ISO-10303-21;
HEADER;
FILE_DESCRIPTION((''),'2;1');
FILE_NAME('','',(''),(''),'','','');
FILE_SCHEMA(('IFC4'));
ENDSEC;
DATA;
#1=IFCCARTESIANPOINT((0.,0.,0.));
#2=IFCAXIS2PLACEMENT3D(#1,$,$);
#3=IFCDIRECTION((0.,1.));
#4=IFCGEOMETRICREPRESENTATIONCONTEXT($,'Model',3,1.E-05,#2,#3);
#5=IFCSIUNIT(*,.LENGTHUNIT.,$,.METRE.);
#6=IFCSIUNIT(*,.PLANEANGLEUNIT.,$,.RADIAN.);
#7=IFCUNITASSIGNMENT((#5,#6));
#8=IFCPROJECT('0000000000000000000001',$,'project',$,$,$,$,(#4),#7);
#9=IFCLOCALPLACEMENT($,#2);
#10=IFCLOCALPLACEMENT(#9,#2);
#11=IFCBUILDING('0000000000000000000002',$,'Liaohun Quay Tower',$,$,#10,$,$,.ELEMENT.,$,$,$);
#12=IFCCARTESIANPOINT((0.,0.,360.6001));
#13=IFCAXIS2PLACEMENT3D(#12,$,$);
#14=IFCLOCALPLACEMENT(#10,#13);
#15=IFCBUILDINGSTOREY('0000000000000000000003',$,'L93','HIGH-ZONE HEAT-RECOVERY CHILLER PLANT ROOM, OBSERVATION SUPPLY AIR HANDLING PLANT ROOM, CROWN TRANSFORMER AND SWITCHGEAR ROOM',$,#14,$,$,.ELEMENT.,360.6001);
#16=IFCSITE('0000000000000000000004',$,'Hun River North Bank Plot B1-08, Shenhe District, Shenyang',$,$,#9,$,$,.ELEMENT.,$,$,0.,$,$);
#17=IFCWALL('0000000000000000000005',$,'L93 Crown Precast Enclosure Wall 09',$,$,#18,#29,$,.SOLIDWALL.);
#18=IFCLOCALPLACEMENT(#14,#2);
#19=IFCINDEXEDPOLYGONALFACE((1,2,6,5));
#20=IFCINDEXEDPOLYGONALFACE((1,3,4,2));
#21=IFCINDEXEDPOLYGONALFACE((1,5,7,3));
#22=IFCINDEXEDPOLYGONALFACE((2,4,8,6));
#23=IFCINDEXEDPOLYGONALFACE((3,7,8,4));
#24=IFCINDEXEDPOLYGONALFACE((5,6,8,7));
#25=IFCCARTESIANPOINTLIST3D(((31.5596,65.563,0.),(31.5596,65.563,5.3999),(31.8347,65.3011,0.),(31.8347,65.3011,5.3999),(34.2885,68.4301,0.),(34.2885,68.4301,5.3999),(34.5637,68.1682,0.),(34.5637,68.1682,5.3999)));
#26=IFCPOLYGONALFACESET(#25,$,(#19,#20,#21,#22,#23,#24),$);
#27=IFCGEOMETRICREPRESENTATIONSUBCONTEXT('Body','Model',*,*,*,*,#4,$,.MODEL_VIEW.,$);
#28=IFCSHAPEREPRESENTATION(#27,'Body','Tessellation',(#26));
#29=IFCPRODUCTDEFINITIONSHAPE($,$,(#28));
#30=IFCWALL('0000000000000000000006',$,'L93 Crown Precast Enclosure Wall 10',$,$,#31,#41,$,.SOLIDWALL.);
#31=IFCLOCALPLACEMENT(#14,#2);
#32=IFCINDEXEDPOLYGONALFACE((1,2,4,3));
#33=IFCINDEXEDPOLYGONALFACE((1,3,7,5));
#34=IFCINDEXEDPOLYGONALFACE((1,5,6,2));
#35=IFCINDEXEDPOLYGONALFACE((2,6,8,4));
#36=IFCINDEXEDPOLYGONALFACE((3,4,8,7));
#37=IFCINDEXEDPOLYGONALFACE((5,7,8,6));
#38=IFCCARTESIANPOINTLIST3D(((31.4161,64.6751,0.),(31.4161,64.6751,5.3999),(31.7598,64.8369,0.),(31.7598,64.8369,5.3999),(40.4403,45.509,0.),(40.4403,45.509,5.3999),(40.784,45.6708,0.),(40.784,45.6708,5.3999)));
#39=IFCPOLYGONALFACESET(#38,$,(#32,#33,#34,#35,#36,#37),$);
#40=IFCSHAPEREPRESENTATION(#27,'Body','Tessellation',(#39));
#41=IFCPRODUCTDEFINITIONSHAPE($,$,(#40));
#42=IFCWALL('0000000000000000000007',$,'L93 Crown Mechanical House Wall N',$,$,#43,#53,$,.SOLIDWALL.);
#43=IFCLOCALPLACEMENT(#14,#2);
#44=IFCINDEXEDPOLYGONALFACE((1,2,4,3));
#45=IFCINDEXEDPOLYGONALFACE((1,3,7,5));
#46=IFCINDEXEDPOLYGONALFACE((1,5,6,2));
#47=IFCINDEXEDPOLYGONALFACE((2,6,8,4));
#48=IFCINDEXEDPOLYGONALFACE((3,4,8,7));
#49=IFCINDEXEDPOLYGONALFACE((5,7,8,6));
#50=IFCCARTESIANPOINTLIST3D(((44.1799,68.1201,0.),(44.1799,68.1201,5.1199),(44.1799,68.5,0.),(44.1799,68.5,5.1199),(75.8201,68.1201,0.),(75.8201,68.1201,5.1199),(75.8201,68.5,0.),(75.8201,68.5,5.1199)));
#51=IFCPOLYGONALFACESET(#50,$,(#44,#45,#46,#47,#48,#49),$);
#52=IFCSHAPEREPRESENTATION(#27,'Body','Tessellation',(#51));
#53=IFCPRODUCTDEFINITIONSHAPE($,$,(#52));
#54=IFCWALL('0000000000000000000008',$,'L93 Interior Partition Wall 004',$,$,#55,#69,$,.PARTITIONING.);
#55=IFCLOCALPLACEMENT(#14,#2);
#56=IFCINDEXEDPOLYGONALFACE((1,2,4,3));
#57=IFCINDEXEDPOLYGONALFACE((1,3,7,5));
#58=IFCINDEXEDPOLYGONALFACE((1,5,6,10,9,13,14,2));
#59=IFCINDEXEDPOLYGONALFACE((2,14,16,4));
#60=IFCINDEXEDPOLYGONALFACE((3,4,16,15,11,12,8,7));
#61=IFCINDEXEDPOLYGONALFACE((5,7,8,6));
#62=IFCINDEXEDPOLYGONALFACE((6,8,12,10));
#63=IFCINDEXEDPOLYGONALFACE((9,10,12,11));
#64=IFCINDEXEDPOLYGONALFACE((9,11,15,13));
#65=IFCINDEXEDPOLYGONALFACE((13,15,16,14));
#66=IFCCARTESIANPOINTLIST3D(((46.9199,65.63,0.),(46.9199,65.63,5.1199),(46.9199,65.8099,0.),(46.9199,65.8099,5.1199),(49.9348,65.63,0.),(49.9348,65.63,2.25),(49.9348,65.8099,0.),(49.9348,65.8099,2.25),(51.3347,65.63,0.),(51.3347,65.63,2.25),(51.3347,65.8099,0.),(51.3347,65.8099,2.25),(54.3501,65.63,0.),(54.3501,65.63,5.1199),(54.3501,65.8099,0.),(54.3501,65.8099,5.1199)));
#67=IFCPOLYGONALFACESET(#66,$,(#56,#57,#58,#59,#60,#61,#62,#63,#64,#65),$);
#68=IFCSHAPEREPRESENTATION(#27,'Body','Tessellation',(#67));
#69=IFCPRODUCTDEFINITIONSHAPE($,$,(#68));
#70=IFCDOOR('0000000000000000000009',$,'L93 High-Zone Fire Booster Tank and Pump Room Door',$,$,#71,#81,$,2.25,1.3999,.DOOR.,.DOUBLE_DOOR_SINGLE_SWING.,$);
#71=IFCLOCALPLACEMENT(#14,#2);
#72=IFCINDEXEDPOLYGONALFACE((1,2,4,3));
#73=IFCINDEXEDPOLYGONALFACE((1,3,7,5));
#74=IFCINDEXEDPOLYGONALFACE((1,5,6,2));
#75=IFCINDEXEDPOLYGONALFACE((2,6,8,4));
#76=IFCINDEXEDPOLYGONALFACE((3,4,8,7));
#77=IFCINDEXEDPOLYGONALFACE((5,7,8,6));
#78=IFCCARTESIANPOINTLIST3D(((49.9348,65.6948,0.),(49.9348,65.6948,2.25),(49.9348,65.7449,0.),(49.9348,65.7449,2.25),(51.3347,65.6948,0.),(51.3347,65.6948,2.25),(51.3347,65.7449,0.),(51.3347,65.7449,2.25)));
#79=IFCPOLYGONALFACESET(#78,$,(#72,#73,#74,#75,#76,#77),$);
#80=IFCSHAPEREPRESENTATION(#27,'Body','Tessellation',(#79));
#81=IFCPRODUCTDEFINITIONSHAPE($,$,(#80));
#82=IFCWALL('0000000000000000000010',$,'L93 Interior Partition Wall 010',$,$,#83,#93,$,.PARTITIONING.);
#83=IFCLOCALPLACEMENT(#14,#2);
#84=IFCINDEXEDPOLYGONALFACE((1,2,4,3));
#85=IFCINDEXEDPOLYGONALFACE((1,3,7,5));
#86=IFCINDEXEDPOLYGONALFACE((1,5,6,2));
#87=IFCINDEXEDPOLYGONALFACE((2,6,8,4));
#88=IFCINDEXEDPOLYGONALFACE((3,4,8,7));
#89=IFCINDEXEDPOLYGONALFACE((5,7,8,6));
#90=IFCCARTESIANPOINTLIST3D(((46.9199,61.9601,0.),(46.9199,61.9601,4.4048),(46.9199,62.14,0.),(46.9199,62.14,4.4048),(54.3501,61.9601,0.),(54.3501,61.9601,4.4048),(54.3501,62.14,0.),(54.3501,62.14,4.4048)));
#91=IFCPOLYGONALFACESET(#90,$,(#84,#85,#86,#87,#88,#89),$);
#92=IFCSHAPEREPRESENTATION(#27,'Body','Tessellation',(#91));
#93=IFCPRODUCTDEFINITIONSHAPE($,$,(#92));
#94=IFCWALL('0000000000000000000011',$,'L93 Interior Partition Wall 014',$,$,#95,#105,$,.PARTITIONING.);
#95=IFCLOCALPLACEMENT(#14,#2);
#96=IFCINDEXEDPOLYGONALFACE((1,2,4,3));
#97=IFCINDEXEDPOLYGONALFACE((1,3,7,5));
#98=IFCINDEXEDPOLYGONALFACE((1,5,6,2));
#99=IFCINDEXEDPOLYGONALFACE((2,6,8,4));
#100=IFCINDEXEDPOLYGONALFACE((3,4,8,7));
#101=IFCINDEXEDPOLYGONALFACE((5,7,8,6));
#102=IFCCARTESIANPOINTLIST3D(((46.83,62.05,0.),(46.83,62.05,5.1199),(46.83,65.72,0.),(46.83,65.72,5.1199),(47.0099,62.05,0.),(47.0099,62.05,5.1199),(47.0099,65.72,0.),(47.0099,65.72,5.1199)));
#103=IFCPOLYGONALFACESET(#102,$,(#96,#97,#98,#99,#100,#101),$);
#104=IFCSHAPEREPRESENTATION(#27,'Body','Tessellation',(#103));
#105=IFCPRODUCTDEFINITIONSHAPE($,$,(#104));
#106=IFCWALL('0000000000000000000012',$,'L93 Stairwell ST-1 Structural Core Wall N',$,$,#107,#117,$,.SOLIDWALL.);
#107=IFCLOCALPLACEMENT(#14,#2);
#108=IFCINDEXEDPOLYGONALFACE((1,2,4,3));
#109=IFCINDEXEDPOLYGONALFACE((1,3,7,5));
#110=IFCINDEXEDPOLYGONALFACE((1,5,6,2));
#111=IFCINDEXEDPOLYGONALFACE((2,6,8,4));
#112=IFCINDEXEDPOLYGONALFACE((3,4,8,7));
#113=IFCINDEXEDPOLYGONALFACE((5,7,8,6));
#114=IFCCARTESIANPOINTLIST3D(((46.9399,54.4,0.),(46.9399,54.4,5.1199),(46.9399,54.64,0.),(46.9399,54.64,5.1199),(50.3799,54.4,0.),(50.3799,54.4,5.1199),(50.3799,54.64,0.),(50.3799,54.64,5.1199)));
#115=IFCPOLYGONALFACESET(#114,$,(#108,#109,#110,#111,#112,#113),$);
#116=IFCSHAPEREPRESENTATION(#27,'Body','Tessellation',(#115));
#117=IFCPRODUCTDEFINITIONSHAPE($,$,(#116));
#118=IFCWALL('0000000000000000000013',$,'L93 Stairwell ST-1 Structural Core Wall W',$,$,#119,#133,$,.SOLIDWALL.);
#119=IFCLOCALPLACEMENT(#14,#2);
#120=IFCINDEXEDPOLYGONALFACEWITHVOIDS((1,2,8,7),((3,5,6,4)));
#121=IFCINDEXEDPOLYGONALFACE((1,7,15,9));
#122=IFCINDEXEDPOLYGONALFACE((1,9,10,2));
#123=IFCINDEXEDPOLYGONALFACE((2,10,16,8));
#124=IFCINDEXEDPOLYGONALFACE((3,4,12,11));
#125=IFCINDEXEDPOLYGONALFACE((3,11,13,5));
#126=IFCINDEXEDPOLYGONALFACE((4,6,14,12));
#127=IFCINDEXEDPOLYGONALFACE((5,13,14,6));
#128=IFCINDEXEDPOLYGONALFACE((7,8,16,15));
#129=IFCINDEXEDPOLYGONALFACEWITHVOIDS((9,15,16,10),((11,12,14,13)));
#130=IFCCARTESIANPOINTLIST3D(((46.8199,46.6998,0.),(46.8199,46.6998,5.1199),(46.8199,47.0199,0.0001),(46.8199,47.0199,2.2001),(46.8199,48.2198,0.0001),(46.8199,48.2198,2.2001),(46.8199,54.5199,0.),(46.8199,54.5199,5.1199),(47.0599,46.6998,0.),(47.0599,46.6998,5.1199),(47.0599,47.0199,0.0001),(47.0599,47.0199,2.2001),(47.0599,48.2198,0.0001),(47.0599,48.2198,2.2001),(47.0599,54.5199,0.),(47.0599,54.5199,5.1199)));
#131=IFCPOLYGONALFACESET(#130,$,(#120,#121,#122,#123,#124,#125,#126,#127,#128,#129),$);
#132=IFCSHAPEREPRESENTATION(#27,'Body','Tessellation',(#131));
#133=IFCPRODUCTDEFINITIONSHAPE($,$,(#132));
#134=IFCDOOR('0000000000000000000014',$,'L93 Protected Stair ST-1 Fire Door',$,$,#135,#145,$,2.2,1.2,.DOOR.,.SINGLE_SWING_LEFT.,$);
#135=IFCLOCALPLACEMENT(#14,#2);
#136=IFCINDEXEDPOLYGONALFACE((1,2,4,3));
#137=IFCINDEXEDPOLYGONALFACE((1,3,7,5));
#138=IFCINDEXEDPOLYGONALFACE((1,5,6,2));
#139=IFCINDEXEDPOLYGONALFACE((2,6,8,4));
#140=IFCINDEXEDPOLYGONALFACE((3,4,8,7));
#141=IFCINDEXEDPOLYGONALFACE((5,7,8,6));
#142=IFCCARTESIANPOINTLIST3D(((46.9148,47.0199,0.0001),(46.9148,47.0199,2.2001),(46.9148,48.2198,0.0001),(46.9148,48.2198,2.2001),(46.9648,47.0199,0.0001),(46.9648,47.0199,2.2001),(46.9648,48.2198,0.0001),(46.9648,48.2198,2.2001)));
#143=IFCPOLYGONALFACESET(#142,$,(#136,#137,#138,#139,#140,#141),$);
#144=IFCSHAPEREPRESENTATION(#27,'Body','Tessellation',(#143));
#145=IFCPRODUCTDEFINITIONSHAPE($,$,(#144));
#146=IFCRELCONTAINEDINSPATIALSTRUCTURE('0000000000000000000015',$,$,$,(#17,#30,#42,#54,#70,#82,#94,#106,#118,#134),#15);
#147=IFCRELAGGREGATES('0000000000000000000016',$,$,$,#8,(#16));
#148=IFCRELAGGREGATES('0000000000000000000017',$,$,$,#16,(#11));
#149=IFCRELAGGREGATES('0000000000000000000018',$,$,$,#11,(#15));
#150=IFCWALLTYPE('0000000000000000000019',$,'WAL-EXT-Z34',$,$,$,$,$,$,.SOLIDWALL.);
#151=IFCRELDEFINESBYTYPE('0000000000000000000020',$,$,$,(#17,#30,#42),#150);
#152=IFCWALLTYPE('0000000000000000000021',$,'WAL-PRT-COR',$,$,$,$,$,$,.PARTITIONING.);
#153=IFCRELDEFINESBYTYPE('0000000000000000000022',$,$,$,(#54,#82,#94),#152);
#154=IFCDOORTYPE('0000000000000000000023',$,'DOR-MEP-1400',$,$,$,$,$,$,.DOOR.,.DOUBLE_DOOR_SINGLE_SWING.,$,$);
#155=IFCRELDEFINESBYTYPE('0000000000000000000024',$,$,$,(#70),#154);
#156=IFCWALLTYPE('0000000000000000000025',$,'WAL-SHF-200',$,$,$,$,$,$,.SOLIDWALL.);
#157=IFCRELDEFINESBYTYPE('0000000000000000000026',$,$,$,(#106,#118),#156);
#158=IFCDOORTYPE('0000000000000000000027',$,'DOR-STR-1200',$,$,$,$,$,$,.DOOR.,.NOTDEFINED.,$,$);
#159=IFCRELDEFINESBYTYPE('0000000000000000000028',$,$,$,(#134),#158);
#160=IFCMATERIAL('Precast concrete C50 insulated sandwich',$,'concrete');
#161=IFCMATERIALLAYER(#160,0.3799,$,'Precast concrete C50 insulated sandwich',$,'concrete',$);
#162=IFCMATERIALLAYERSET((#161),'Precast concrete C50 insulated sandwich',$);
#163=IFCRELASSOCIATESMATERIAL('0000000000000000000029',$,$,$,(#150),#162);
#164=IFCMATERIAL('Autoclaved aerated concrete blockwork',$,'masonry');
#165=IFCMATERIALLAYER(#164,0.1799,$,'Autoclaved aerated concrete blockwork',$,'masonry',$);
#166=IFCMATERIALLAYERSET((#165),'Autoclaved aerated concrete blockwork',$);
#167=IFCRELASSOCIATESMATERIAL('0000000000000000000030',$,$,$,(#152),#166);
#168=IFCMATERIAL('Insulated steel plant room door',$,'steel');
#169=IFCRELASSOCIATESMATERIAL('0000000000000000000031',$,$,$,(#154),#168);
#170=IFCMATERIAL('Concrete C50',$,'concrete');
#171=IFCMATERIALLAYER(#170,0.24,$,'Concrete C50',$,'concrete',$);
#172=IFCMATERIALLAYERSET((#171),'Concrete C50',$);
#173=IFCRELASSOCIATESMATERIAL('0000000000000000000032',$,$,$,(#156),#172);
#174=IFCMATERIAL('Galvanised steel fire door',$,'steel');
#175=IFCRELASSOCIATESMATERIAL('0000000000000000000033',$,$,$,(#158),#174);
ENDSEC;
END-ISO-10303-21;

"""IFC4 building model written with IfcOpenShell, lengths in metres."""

from ifc_helpers import new_model, si_unit, direction, frame, frame_2d, origin, place, context, subcontext, project, spatial, rectangle, extrude, source, transform, mapped, material, layer, layer_set, type_object, element, fill, save


model = new_model("IFC4")

# Units and contexts
model_context = context("Model", 3, precision=1e-05, world=origin(), true_north=direction((0.0, 1.0)))
body_context = subcontext(model_context, "Body", "Model", "MODEL_VIEW")
ifc_project = project(units=[si_unit("LENGTHUNIT", "METRE"), si_unit("PLANEANGLEUNIT", "RADIAN")], contexts=[model_context])

# Site, building, storey
site_placement = place(None, origin())
site = spatial("IfcSite", under=ifc_project, at=site_placement, Name="Hun River North Bank Plot B1-08, Shenhe District, Shenyang", CompositionType="ELEMENT", RefElevation=0.0)
building_placement = place(site_placement, origin())
building = spatial("IfcBuilding", under=site, at=building_placement, Name="Liaohun Quay Tower", CompositionType="ELEMENT")
storey_placement = place(building_placement, frame((0.0, 0.0, 360.6001)))
storey = spatial("IfcBuildingStorey", under=building, at=storey_placement, Name="L93", Description="HIGH-ZONE HEAT-RECOVERY CHILLER PLANT ROOM, OBSERVATION SUPPLY AIR HANDLING PLANT ROOM, CROWN TRANSFORMER AND SWITCHGEAR ROOM", CompositionType="ELEMENT", Elevation=360.6001)

# Shared definitions
ifc_material_1 = material(Name="Concrete C50", Category="concrete")

# Walls
ifc_material_2 = material(Name="Precast concrete C50 insulated sandwich", Category="concrete")
ifc_layer_1 = layer(ifc_material_2, 0.3799, Name="Precast concrete C50 insulated sandwich", Category="concrete")
ifc_layer_set_1 = layer_set([ifc_layer_1], Name="Precast concrete C50 insulated sandwich")
wall_type_1 = type_object("IfcWallType", Name="WAL-EXT-Z34", PredefinedType="SOLIDWALL", material=ifc_layer_set_1)
wall_1_placement = place(storey_placement, frame((34.426, 68.2991, 0.0), z_axis=(0.0, 0.0, 1.0), x_axis=(-0.689436, -0.724346, 0.0)))
element("IfcWall", 1, at=wall_1_placement, inside=storey, type_object=wall_type_1, Name="L93 Crown Precast Enclosure Wall 09", PredefinedType="SOLIDWALL", context=body_context, shape_type="SweptSolid", body=[
    extrude(rectangle(XDim=3.9583, YDim=0.3799, at=frame_2d((1.979, 0.0))), origin(), (0.0, 0.0, 1.0), 5.3999),
])
wall_2_placement = place(storey_placement, frame((31.5879, 64.7561, 0.0), z_axis=(0.0, 0.0, 1.0), x_axis=(0.425985, -0.90473, 0.0)))
element("IfcWall", 2, at=wall_2_placement, inside=storey, type_object=wall_type_1, Name="L93 Crown Precast Enclosure Wall 10", PredefinedType="SOLIDWALL", context=body_context, shape_type="SweptSolid", body=[
    extrude(rectangle(XDim=21.1843, YDim=0.3799, at=frame_2d((10.5923, 0.0))), origin(), (0.0, 0.0, 1.0), 5.3999),
])
wall_3_placement = place(storey_placement, frame((44.1799, 68.3101, 0.0), z_axis=(0.0, 0.0, 1.0), x_axis=(1.0, 0.0, 0.0)))
element("IfcWall", 3, at=wall_3_placement, inside=storey, type_object=wall_type_1, Name="L93 Crown Mechanical House Wall N", PredefinedType="SOLIDWALL", context=body_context, shape_type="SweptSolid", body=[
    extrude(rectangle(XDim=31.6401, YDim=0.3799, at=frame_2d((15.8201, 0.0))), origin(), (0.0, 0.0, 1.0), 5.1199),
])

# Wall, opening, door
ifc_material_3 = material(Name="Autoclaved aerated concrete blockwork", Category="masonry")
ifc_layer_2 = layer(ifc_material_3, 0.1799, Name="Autoclaved aerated concrete blockwork", Category="masonry")
ifc_layer_set_2 = layer_set([ifc_layer_2], Name="Autoclaved aerated concrete blockwork")
wall_type_2 = type_object("IfcWallType", Name="WAL-PRT-COR", PredefinedType="PARTITIONING", material=ifc_layer_set_2)
wall_4_placement = place(storey_placement, frame((46.9199, 65.72, 0.0), z_axis=(0.0, 0.0, 1.0), x_axis=(1.0, 0.0, 0.0)))
wall_4 = element("IfcWall", 4, at=wall_4_placement, inside=storey, type_object=wall_type_2, Name="L93 Interior Partition Wall 004", PredefinedType="PARTITIONING", context=body_context, shape_type="SweptSolid", body=[
    extrude(rectangle(XDim=7.4302, YDim=0.1799, at=frame_2d((3.7151, 0.0))), origin(), (0.0, 0.0, 1.0), 5.1199),
])
shared_shape_1 = source(origin(), body_context, "Body", "SweptSolid", [
    extrude(rectangle(XDim=1.3999, YDim=2.25, at=frame_2d((0.7, 1.125))), frame((0.0, 0.0999, 0.0), z_axis=(0.0, -1.0, 0.0), x_axis=(1.0, 0.0, 0.0)), (0.0, 0.0, 1.0), 0.2),
])
opening_1_placement = place(wall_4_placement, frame((3.0149, 0.0, 0.0)))
opening_1 = element("IfcOpeningElement", 5, at=opening_1_placement, cuts=wall_4, PredefinedType="OPENING", context=body_context, shape_type="MappedRepresentation", body=[
    mapped(shared_shape_1, transform((0.0, 0.0, 0.0), x_axis=(1.0, 0.0, 0.0), y_axis=(0.0, 1.0, 0.0), z_axis=(0.0, 0.0, 1.0), scale=1.0)),
])
ifc_material_4 = material(Name="Insulated steel plant room door", Category="steel")
door_type_1 = type_object("IfcDoorType", Name="DOR-MEP-1400", OperationType="DOUBLE_DOOR_SINGLE_SWING", PredefinedType="DOOR", material=ifc_material_4)
shared_shape_2 = source(origin(), body_context, "Body", "SweptSolid", [
    extrude(rectangle(XDim=1.3999, YDim=2.25, at=frame_2d((0.7, 1.125))), frame((0.0, 0.0249, 0.0), z_axis=(0.0, -1.0, 0.0), x_axis=(1.0, 0.0, 0.0)), (0.0, 0.0, 1.0), 0.05),
])
door_1_placement = place(opening_1_placement, origin())
door_1 = element("IfcDoor", 6, at=door_1_placement, inside=storey, type_object=door_type_1, Name="L93 High-Zone Fire Booster Tank and Pump Room Door", OperationType="DOUBLE_DOOR_SINGLE_SWING", OverallHeight=2.25, OverallWidth=1.3999, PredefinedType="DOOR", context=body_context, shape_type="MappedRepresentation", body=[
    mapped(shared_shape_2, transform((0.0, 0.0, 0.0), x_axis=(1.0, 0.0, 0.0), y_axis=(0.0, 1.0, 0.0), z_axis=(0.0, 0.0, 1.0), scale=1.0)),
])
fill(opening_1, door_1)

# Walls
wall_5_placement = place(storey_placement, frame((46.9199, 62.05, 0.0), z_axis=(0.0, 0.0, 1.0), x_axis=(1.0, 0.0, 0.0)))
element("IfcWall", 7, at=wall_5_placement, inside=storey, type_object=wall_type_2, Name="L93 Interior Partition Wall 010", PredefinedType="PARTITIONING", context=body_context, shape_type="SweptSolid", body=[
    extrude(rectangle(XDim=7.4302, YDim=0.1799, at=frame_2d((3.7151, 0.0))), origin(), (0.0, 0.0, 1.0), 4.4048),
])
wall_6_placement = place(storey_placement, frame((46.9199, 62.05, 0.0), z_axis=(0.0, 0.0, 1.0), x_axis=(0.0, 1.0, 0.0)))
element("IfcWall", 8, at=wall_6_placement, inside=storey, type_object=wall_type_2, Name="L93 Interior Partition Wall 014", PredefinedType="PARTITIONING", context=body_context, shape_type="SweptSolid", body=[
    extrude(rectangle(XDim=3.6699, YDim=0.1799, at=frame_2d((1.835, 0.0))), origin(), (0.0, 0.0, 1.0), 5.1199),
])
ifc_layer_3 = layer(ifc_material_1, 0.24, Name="Concrete C50", Category="concrete")
ifc_layer_set_3 = layer_set([ifc_layer_3], Name="Concrete C50")
wall_type_3 = type_object("IfcWallType", Name="WAL-SHF-200", PredefinedType="SOLIDWALL", material=ifc_layer_set_3)
wall_7_placement = place(storey_placement, frame((50.3799, 54.52, 0.0), z_axis=(0.0, 0.0, 1.0), x_axis=(-1.0, 0.0, 0.0)))
element("IfcWall", 9, at=wall_7_placement, inside=storey, type_object=wall_type_3, Name="L93 Stairwell ST-1 Structural Core Wall N", PredefinedType="SOLIDWALL", context=body_context, shape_type="SweptSolid", body=[
    extrude(rectangle(XDim=3.4399, YDim=0.24, at=frame_2d((1.72, 0.0))), origin(), (0.0, 0.0, 1.0), 5.1199),
])

# Wall, opening, door
wall_8_placement = place(storey_placement, frame((46.9399, 54.52, 0.0), z_axis=(0.0, 0.0, 1.0), x_axis=(0.0, -1.0, 0.0)))
wall_8 = element("IfcWall", 10, at=wall_8_placement, inside=storey, type_object=wall_type_3, Name="L93 Stairwell ST-1 Structural Core Wall W", PredefinedType="SOLIDWALL", context=body_context, shape_type="SweptSolid", body=[
    extrude(rectangle(XDim=7.8201, YDim=0.24, at=frame_2d((3.9102, 0.0))), origin(), (0.0, 0.0, 1.0), 5.1199),
])
shared_shape_3 = source(origin(), body_context, "Body", "SweptSolid", [
    extrude(rectangle(XDim=1.2, YDim=2.2, at=frame_2d((0.6001, 1.1001))), frame((0.0, 0.1299, 0.0), z_axis=(0.0, -1.0, 0.0), x_axis=(1.0, 0.0, 0.0)), (0.0, 0.0, 1.0), 0.26),
])
opening_2_placement = place(wall_8_placement, frame((6.3, 0.0, 0.0)))
opening_2 = element("IfcOpeningElement", 11, at=opening_2_placement, cuts=wall_8, PredefinedType="OPENING", context=body_context, shape_type="MappedRepresentation", body=[
    mapped(shared_shape_3, transform((0.0, 0.0, 0.0), x_axis=(1.0, 0.0, 0.0), y_axis=(0.0, 1.0, 0.0), z_axis=(0.0, 0.0, 1.0), scale=1.0)),
])
ifc_material_5 = material(Name="Galvanised steel fire door", Category="steel")
door_type_2 = type_object("IfcDoorType", Name="DOR-STR-1200", OperationType="NOTDEFINED", PredefinedType="DOOR", material=ifc_material_5)
shared_shape_4 = source(origin(), body_context, "Body", "SweptSolid", [
    extrude(rectangle(XDim=1.2, YDim=2.2, at=frame_2d((0.6001, 1.1001))), frame((0.0, 0.0249, 0.0), z_axis=(0.0, -1.0, 0.0), x_axis=(1.0, 0.0, 0.0)), (0.0, 0.0, 1.0), 0.05),
])
door_2_placement = place(opening_2_placement, origin())
door_2 = element("IfcDoor", 12, at=door_2_placement, inside=storey, type_object=door_type_2, Name="L93 Protected Stair ST-1 Fire Door", OperationType="SINGLE_SWING_LEFT", OverallHeight=2.2, OverallWidth=1.2, PredefinedType="DOOR", context=body_context, shape_type="MappedRepresentation", body=[
    mapped(shared_shape_4, transform((0.0, 0.0, 0.0), x_axis=(1.0, 0.0, 0.0), y_axis=(0.0, 1.0, 0.0), z_axis=(0.0, 0.0, 1.0), scale=1.0)),
])
fill(opening_2, door_2)

save(model, "model.ifc")
